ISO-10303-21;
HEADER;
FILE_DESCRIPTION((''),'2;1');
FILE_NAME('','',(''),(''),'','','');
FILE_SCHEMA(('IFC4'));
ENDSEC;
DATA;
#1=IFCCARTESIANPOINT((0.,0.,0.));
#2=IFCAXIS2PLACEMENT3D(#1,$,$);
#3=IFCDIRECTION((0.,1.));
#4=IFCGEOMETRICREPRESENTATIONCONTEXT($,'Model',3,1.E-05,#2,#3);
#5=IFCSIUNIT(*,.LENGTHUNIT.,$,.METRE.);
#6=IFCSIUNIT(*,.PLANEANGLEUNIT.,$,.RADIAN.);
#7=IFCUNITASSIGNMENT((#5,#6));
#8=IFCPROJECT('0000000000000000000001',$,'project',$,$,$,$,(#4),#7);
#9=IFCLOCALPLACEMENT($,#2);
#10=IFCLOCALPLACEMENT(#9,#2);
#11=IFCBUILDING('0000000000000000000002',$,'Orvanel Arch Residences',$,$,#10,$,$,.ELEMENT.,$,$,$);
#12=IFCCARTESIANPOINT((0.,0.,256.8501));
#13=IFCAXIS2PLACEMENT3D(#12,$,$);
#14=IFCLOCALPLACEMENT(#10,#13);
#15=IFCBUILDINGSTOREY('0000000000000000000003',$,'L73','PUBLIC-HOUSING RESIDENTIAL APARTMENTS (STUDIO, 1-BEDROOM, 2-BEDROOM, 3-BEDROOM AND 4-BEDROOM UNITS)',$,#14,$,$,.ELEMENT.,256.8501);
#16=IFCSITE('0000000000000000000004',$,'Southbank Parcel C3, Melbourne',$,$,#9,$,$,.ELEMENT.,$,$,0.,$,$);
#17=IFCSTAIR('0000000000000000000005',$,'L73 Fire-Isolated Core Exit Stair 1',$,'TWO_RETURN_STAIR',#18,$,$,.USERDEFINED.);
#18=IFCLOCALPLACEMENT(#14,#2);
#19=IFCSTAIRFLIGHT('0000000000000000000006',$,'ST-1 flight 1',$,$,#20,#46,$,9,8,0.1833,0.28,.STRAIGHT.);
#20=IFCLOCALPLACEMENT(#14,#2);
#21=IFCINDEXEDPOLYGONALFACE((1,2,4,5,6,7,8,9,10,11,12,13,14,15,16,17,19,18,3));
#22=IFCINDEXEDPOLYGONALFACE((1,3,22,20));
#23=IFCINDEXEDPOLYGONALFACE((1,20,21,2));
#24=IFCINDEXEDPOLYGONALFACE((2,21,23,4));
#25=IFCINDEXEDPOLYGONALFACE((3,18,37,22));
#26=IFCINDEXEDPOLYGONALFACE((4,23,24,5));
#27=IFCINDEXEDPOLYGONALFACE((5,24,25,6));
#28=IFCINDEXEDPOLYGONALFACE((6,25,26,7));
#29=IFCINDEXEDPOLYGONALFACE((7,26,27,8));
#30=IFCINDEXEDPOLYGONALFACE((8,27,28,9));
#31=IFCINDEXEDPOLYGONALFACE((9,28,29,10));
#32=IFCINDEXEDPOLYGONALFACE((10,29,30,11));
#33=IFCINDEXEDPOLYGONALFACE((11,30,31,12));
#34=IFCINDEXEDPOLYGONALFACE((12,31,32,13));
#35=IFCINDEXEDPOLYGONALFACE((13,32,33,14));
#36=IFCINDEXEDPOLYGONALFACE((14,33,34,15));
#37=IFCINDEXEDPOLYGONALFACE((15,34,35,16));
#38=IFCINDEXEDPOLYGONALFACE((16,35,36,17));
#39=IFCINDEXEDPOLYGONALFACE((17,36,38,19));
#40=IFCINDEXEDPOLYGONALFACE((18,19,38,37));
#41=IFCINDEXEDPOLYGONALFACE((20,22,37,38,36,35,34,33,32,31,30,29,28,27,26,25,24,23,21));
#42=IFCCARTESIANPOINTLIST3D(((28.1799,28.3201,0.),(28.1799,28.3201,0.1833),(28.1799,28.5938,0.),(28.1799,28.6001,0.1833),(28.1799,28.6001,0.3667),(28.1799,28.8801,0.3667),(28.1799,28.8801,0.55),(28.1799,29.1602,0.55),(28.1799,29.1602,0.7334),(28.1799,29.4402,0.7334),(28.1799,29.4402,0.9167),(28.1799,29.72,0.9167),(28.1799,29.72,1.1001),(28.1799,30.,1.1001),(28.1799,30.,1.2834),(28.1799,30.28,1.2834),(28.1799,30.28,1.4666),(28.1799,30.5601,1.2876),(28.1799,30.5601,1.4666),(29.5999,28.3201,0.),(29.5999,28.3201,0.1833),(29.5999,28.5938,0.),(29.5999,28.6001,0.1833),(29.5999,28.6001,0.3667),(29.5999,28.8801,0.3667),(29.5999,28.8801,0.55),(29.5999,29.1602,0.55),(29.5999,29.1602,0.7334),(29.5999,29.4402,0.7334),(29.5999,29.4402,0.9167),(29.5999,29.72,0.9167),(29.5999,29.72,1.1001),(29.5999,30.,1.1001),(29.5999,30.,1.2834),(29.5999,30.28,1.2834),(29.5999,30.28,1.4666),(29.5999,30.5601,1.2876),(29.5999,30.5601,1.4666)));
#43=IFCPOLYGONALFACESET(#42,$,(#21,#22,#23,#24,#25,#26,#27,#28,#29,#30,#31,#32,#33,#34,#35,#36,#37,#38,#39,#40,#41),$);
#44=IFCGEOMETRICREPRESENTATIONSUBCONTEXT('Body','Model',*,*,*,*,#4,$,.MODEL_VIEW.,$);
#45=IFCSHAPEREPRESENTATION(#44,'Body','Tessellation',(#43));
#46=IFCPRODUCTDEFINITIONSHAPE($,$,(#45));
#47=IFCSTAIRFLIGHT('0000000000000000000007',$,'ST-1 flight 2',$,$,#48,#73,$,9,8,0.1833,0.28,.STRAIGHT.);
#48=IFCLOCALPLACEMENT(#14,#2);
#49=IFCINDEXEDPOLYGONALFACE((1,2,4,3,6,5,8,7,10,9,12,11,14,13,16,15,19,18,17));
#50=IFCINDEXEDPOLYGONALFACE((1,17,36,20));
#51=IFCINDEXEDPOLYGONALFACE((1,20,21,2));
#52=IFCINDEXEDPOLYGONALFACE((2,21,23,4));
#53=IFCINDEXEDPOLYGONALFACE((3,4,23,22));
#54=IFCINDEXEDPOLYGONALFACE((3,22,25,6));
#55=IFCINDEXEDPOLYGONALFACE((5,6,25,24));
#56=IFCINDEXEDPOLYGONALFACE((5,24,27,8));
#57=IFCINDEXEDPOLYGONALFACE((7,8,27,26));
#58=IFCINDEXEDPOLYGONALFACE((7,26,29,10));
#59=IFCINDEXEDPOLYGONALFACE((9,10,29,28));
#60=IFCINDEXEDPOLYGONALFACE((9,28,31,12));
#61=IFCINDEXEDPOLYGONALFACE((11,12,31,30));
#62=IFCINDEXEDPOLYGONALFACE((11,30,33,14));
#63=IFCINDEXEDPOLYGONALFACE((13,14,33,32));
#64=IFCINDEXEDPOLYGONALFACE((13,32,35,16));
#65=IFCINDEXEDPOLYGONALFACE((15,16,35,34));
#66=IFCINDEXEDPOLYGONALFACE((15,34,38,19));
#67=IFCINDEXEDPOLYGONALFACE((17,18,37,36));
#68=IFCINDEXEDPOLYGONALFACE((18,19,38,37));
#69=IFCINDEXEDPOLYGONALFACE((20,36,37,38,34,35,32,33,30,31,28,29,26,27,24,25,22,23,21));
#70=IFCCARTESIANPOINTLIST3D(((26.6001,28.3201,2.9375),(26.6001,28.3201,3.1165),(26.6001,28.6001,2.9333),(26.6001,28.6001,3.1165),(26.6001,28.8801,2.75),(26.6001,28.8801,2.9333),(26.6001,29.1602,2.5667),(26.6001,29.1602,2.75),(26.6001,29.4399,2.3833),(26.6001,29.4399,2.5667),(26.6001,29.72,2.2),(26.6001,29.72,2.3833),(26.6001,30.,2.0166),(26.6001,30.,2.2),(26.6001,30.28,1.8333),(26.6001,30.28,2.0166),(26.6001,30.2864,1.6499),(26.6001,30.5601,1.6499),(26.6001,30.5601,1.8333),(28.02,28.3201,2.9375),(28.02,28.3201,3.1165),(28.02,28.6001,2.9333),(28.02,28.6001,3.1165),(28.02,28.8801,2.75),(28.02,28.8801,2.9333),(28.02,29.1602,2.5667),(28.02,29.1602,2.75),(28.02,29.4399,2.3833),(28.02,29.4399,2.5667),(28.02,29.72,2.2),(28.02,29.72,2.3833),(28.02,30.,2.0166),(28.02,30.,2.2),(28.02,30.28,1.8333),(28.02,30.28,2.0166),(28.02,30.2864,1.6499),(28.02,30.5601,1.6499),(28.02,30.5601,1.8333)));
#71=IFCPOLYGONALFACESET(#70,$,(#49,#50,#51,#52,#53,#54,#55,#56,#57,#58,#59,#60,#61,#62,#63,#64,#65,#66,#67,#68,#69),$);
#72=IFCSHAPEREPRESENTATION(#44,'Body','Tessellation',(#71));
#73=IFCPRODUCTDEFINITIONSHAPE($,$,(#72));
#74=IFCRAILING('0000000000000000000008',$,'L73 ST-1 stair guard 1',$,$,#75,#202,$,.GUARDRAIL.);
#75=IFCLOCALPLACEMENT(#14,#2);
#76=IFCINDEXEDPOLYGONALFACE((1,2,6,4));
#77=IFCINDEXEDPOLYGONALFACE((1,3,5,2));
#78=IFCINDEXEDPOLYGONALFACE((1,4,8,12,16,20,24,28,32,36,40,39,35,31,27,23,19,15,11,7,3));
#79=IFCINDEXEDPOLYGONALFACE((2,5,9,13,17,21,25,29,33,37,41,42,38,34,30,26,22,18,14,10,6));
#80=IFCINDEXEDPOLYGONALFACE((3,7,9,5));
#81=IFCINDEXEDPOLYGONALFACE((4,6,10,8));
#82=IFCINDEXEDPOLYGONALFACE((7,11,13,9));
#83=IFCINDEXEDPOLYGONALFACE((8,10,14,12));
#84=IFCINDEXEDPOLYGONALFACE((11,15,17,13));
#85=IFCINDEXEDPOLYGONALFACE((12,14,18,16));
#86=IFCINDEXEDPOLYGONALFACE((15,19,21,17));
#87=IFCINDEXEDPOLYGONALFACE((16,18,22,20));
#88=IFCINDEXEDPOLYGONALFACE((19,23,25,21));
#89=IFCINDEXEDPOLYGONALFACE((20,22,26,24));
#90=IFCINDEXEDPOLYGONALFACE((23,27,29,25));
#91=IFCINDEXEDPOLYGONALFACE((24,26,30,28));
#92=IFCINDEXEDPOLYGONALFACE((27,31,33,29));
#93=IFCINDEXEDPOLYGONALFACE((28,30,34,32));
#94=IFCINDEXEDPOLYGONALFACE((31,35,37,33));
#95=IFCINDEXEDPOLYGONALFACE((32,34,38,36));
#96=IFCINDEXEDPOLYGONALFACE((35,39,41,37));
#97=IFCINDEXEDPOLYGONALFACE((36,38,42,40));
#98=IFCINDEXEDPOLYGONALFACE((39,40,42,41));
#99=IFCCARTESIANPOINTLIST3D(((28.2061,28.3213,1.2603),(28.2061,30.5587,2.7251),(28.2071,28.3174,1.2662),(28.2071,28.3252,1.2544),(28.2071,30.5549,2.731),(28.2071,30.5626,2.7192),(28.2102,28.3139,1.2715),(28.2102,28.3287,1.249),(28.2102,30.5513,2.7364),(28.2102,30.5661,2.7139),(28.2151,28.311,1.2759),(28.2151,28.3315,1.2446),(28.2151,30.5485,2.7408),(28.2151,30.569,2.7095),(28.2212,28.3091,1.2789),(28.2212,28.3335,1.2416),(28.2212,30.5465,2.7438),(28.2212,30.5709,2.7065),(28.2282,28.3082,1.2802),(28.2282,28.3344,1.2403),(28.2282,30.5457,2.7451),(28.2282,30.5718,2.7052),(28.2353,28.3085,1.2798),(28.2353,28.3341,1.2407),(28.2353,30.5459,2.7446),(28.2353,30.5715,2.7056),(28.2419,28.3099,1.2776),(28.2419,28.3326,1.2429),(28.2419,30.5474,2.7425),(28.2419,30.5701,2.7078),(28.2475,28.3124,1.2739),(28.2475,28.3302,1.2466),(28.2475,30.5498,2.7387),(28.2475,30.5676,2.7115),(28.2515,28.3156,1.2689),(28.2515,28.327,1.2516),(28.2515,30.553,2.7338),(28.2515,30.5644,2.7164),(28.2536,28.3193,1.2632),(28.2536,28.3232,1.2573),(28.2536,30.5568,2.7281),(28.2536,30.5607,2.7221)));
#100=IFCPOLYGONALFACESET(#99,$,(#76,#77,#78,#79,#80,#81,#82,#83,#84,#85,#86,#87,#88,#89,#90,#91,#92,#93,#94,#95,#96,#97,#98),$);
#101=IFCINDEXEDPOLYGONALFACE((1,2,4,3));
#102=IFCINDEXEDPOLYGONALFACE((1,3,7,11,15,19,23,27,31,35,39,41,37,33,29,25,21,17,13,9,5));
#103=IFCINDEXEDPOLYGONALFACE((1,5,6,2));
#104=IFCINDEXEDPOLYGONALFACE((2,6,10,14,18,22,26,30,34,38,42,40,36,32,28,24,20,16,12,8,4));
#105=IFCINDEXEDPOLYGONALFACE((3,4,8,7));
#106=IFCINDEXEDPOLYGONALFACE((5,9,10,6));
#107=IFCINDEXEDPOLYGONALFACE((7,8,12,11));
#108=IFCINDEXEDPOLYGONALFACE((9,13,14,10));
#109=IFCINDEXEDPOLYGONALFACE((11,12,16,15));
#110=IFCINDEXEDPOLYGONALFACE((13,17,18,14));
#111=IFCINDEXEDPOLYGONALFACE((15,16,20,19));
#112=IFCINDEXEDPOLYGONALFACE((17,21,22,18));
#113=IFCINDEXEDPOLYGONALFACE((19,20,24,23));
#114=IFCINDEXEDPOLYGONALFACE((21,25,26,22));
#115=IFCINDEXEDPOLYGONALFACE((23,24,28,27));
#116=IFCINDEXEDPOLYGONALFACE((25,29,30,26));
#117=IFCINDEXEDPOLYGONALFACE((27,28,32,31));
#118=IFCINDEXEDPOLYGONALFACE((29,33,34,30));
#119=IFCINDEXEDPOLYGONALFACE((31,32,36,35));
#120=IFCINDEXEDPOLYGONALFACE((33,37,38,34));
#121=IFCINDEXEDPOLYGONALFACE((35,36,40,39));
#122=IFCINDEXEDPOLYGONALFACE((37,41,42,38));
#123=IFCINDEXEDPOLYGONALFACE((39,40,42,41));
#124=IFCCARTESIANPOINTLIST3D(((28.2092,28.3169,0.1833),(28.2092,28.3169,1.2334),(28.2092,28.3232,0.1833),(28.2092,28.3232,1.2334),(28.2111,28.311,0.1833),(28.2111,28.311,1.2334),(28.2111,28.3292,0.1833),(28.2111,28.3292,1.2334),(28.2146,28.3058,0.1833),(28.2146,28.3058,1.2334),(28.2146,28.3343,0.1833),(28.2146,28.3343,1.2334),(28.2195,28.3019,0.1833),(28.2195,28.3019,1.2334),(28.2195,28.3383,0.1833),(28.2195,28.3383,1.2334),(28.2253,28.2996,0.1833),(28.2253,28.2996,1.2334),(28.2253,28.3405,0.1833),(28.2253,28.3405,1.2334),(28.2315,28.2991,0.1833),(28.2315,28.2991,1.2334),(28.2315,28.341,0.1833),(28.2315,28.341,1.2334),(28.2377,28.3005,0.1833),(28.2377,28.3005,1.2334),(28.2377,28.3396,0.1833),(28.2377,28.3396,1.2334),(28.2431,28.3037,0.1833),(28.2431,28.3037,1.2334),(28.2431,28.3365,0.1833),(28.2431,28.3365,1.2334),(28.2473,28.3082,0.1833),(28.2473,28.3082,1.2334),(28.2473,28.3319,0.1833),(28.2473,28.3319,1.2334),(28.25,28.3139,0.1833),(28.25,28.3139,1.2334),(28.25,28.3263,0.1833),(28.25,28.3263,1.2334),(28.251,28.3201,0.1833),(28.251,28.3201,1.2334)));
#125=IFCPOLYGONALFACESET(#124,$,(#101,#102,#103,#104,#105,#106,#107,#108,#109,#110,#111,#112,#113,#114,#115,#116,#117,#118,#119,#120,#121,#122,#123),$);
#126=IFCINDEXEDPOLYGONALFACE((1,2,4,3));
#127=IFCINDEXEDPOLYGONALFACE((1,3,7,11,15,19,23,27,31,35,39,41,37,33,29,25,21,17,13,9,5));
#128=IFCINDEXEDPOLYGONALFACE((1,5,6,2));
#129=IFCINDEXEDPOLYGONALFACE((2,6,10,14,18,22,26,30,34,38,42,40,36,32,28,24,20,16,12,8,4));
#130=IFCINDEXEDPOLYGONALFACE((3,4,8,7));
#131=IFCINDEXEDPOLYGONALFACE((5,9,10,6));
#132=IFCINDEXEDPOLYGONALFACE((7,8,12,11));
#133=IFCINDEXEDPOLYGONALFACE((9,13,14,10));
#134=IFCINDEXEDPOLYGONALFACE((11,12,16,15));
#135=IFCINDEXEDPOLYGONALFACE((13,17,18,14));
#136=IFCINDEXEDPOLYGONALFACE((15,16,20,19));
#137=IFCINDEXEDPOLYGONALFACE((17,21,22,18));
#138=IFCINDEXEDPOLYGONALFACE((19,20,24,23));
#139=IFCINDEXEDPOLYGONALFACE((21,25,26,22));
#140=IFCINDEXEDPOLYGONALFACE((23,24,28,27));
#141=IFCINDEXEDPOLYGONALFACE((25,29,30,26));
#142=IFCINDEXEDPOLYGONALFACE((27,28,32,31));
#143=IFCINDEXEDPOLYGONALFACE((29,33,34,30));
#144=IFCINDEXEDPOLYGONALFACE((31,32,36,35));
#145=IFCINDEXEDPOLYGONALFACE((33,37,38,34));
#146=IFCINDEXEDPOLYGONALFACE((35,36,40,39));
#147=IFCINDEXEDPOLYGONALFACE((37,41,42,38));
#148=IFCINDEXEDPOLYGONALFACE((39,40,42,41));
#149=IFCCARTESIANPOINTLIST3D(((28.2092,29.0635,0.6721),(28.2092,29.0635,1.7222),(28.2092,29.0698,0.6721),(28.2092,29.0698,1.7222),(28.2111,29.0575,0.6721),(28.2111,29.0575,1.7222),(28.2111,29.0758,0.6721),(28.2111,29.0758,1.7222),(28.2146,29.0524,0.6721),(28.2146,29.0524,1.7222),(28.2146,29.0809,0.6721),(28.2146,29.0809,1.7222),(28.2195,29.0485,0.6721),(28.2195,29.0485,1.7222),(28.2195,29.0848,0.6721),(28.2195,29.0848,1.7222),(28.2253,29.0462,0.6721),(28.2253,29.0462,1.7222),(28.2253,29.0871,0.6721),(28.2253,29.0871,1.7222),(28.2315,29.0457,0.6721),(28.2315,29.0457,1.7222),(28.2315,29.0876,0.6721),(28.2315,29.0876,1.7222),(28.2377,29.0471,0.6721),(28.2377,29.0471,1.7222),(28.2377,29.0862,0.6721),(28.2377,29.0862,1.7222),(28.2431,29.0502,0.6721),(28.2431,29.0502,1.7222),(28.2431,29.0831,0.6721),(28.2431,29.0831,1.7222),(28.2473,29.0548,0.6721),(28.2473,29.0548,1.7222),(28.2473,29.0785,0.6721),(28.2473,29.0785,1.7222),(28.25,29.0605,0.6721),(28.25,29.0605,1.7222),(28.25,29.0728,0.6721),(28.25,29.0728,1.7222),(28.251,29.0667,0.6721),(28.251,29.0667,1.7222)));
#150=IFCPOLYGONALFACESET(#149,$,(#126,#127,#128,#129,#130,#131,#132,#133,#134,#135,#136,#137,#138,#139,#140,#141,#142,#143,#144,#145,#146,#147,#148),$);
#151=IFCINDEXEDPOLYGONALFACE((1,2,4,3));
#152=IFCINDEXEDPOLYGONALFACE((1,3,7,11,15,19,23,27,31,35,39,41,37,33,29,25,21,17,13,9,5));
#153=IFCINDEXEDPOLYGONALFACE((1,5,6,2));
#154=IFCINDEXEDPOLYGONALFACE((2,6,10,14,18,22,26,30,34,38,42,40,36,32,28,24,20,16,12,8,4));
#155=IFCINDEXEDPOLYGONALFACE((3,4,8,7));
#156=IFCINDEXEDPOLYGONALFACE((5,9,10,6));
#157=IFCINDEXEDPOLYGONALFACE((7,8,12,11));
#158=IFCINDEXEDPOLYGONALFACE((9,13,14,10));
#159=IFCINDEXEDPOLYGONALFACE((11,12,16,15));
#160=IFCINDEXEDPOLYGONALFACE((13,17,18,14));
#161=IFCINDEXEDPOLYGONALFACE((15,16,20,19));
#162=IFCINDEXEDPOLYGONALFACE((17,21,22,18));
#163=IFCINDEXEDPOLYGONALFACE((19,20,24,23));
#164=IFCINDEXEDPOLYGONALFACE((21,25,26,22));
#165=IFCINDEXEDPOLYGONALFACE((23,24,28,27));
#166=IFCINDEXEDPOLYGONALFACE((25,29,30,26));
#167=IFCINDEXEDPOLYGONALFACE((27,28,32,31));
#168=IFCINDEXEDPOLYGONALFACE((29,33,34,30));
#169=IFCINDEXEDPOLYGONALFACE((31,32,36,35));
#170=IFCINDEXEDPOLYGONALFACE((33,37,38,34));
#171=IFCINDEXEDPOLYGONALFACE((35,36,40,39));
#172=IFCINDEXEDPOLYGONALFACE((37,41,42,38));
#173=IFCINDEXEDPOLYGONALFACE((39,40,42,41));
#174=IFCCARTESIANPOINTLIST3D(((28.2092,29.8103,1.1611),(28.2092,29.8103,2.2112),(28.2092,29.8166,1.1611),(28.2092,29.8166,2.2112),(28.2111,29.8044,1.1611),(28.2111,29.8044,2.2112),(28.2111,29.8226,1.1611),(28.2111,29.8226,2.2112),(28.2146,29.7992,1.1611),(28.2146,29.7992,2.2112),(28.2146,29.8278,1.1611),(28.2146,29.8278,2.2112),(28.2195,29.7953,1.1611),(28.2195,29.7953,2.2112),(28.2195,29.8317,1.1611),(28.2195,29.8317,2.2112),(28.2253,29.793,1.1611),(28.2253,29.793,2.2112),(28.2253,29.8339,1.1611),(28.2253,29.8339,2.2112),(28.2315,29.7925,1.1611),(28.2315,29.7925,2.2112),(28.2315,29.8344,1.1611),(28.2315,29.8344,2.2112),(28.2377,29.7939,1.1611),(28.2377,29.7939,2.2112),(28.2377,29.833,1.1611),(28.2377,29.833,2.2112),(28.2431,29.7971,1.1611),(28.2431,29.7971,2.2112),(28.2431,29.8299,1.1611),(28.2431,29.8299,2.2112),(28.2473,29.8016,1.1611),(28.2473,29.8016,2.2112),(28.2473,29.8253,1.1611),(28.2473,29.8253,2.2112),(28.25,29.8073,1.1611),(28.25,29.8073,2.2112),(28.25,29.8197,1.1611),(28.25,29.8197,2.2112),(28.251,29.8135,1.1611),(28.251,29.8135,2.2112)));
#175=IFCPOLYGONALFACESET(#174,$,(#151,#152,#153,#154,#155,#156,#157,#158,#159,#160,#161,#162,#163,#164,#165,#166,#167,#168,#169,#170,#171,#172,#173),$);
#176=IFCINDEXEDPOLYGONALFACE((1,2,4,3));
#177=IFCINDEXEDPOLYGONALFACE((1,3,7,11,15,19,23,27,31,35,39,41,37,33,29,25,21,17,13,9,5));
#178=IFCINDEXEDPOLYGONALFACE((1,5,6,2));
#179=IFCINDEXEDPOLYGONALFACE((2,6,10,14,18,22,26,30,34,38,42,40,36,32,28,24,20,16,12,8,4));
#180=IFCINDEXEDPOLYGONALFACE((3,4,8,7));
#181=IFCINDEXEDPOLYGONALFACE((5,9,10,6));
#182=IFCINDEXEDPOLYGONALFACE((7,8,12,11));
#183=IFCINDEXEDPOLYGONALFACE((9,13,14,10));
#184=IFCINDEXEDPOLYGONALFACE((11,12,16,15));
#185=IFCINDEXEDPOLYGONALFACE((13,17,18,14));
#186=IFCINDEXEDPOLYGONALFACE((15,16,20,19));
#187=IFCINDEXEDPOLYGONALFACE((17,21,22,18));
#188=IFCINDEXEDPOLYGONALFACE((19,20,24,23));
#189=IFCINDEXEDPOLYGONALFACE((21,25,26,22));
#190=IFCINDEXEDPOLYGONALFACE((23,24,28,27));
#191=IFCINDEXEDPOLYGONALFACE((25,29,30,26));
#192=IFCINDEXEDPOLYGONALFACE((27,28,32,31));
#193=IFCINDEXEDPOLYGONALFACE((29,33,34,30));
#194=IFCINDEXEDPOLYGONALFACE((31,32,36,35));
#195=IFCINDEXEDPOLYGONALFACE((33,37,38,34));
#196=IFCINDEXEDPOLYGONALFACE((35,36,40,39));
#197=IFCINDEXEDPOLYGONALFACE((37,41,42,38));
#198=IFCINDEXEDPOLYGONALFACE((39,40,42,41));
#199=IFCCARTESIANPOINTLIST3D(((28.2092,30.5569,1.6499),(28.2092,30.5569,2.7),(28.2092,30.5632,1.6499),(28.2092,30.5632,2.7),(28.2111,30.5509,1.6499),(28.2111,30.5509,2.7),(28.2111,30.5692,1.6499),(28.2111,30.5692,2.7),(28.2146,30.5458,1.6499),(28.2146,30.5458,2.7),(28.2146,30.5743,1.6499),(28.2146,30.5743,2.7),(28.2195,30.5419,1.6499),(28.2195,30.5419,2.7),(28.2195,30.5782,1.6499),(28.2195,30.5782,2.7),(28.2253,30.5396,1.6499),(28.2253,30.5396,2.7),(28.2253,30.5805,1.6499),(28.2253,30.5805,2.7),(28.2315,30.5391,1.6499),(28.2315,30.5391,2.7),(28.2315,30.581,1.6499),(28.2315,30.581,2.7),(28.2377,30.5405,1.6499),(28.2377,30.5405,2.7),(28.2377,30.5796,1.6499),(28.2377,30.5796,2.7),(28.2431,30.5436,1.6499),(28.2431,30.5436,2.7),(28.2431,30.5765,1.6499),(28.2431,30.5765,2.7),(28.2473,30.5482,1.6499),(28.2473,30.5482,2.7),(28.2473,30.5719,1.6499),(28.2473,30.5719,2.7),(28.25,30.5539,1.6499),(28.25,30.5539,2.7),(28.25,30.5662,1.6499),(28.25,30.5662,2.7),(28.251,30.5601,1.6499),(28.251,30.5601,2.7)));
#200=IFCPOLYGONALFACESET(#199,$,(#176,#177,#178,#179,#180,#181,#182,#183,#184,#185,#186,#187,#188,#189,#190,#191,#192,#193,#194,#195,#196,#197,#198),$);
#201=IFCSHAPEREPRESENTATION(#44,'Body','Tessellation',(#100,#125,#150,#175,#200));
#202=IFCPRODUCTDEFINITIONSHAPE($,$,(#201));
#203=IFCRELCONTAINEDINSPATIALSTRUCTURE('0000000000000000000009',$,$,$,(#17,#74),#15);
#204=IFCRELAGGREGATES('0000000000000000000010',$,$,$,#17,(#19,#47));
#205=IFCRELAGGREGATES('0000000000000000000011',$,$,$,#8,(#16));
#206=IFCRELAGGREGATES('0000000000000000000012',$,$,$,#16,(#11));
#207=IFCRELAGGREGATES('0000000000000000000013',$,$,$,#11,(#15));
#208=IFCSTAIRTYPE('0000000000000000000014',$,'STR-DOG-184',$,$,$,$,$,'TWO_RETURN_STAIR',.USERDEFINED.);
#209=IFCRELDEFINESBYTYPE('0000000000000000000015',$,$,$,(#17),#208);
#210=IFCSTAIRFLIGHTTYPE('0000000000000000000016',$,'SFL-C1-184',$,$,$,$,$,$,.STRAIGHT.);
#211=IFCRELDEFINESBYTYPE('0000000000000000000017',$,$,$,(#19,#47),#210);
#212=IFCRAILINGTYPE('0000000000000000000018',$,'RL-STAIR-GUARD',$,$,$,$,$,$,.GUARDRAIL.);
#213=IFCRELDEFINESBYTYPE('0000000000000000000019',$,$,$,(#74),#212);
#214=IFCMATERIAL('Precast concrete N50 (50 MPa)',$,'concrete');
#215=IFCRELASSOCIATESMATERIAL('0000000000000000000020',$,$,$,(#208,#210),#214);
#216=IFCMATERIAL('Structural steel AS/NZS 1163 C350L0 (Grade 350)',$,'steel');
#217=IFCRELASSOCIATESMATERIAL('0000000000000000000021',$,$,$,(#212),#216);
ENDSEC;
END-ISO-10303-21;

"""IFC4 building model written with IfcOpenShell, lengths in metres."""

from ifc_helpers import new_model, si_unit, direction, frame, origin, origin_2d, place, context, subcontext, project, spatial, polyline, circle, outline, extrude, material, type_object, element, aggregate, save


model = new_model("IFC4")

# Units and contexts
model_context = context("Model", 3, precision=1e-05, world=origin(), true_north=direction((0.0, 1.0)))
body_context = subcontext(model_context, "Body", "Model", "MODEL_VIEW")
ifc_project = project(units=[si_unit("LENGTHUNIT", "METRE"), si_unit("PLANEANGLEUNIT", "RADIAN")], contexts=[model_context])

# Site, building, storey
site_placement = place(None, origin())
site = spatial("IfcSite", under=ifc_project, at=site_placement, Name="Southbank Parcel C3, Melbourne", CompositionType="ELEMENT", RefElevation=0.0)
building_placement = place(site_placement, origin())
building = spatial("IfcBuilding", under=site, at=building_placement, Name="Orvanel Arch Residences", CompositionType="ELEMENT")
storey_placement = place(building_placement, frame((0.0, 0.0, 256.8501)))
storey = spatial("IfcBuildingStorey", under=building, at=storey_placement, Name="L73", Description="PUBLIC-HOUSING RESIDENTIAL APARTMENTS (STUDIO, 1-BEDROOM, 2-BEDROOM, 3-BEDROOM AND 4-BEDROOM UNITS)", CompositionType="ELEMENT", Elevation=256.8501)

# Stair, stair flights
ifc_material_1 = material(Name="Precast concrete N50 (50 MPa)", Category="concrete")
stair_type = type_object("IfcStairType", Name="STR-DOG-184", ElementType="TWO_RETURN_STAIR", PredefinedType="USERDEFINED", material=ifc_material_1)
stair_placement = place(storey_placement, origin())
stair = element("IfcStair", 1, at=stair_placement, inside=storey, type_object=stair_type, Name="L73 Fire-Isolated Core Exit Stair 1", ObjectType="TWO_RETURN_STAIR", PredefinedType="USERDEFINED")
stair_flight_type = type_object("IfcStairFlightType", Name="SFL-C1-184", PredefinedType="STRAIGHT", material=ifc_material_1)
stair_flight_1_placement = place(storey_placement, frame((28.8899, 28.3201, 0.0), z_axis=(0.0, 0.0, 1.0), x_axis=(0.0, 1.0, 0.0)))
stair_flight_1 = element("IfcStairFlight", 2, at=stair_flight_1_placement, type_object=stair_flight_type, Name="ST-1 flight 1", NumberOfRisers=9, NumberOfTreads=8, PredefinedType="STRAIGHT", RiserHeight=0.1833, TreadLength=0.28, context=body_context, shape_type="SweptSolid", body=[
    extrude(outline(polyline([(0.0, 0.0), (0.0, 0.1833), (0.28, 0.1833), (0.28, 0.3667), (0.5601, 0.3667), (0.5601, 0.55), (0.8401, 0.55), (0.8401, 0.7334), (1.1201, 0.7334), (1.1201, 0.9167), (1.3999, 0.9167), (1.3999, 1.1001), (1.6799, 1.1001), (1.6799, 1.2834), (1.96, 1.2834), (1.96, 1.4666), (2.24, 1.4666), (2.24, 1.6499), (2.24, 1.2876), (0.2737, 0.0), (0.0, 0.0)])), frame((0.0, 0.71, 0.0), z_axis=(0.0, -1.0, 0.0), x_axis=(1.0, 0.0, 0.0)), (0.0, 0.0, 1.0), 1.4199),
])
stair_flight_2_placement = place(storey_placement, frame((27.3101, 30.5601, 1.6499), z_axis=(0.0, 0.0, 1.0), x_axis=(0.0, -1.0, 0.0)))
stair_flight_2 = element("IfcStairFlight", 3, at=stair_flight_2_placement, type_object=stair_flight_type, Name="ST-1 flight 2", NumberOfRisers=9, NumberOfTreads=8, PredefinedType="STRAIGHT", RiserHeight=0.1833, TreadLength=0.28, context=body_context, shape_type="SweptSolid", body=[
    extrude(outline(polyline([(0.0, 0.0), (0.0, 0.1833), (0.28, 0.1833), (0.28, 0.3667), (0.5601, 0.3667), (0.5601, 0.55), (0.8401, 0.55), (0.8401, 0.7334), (1.1201, 0.7334), (1.1201, 0.9167), (1.3999, 0.9167), (1.3999, 1.1001), (1.6799, 1.1001), (1.6799, 1.2834), (1.96, 1.2834), (1.96, 1.4666), (2.24, 1.4666), (2.24, 1.6499), (2.24, 1.2876), (0.2737, 0.0), (0.0, 0.0)])), frame((0.0, 0.71, 0.0), z_axis=(0.0, -1.0, 0.0), x_axis=(1.0, 0.0, 0.0)), (0.0, 0.0, 1.0), 1.4199),
])
aggregate(stair, [stair_flight_1, stair_flight_2])

# Railing
ifc_material_2 = material(Name="Structural steel AS/NZS 1163 C350L0 (Grade 350)", Category="steel")
railing_type_1 = type_object("IfcRailingType", Name="RL-STAIR-GUARD", PredefinedType="GUARDRAIL", material=ifc_material_2)
railing_1_placement = place(storey_placement, frame((28.23, 28.3201, 0.1833)))
element("IfcRailing", 4, at=railing_1_placement, inside=storey, type_object=railing_type_1, Name="L73 ST-1 stair guard 1", PredefinedType="GUARDRAIL", context=body_context, shape_type="SweptSolid", body=[
    extrude(circle(Radius=0.0239, at=origin_2d()), frame((0.0, 0.0012, 1.0769), z_axis=(0.0, 0.836637, 0.547758), x_axis=(-1.0, 0.0, 0.0)), (0.0, 0.0, 1.0), 2.6743),
    extrude(circle(Radius=0.021, at=origin_2d()), origin(), (0.0, 0.0, 1.0), 1.05),
    extrude(circle(Radius=0.021, at=origin_2d()), frame((0.0, 0.7466, 0.4888)), (0.0, 0.0, 1.0), 1.05),
    extrude(circle(Radius=0.021, at=origin_2d()), frame((0.0, 1.4934, 0.9778)), (0.0, 0.0, 1.0), 1.05),
    extrude(circle(Radius=0.021, at=origin_2d()), frame((0.0, 2.24, 1.4666)), (0.0, 0.0, 1.0), 1.05),
])

save(model, "model.ifc")
